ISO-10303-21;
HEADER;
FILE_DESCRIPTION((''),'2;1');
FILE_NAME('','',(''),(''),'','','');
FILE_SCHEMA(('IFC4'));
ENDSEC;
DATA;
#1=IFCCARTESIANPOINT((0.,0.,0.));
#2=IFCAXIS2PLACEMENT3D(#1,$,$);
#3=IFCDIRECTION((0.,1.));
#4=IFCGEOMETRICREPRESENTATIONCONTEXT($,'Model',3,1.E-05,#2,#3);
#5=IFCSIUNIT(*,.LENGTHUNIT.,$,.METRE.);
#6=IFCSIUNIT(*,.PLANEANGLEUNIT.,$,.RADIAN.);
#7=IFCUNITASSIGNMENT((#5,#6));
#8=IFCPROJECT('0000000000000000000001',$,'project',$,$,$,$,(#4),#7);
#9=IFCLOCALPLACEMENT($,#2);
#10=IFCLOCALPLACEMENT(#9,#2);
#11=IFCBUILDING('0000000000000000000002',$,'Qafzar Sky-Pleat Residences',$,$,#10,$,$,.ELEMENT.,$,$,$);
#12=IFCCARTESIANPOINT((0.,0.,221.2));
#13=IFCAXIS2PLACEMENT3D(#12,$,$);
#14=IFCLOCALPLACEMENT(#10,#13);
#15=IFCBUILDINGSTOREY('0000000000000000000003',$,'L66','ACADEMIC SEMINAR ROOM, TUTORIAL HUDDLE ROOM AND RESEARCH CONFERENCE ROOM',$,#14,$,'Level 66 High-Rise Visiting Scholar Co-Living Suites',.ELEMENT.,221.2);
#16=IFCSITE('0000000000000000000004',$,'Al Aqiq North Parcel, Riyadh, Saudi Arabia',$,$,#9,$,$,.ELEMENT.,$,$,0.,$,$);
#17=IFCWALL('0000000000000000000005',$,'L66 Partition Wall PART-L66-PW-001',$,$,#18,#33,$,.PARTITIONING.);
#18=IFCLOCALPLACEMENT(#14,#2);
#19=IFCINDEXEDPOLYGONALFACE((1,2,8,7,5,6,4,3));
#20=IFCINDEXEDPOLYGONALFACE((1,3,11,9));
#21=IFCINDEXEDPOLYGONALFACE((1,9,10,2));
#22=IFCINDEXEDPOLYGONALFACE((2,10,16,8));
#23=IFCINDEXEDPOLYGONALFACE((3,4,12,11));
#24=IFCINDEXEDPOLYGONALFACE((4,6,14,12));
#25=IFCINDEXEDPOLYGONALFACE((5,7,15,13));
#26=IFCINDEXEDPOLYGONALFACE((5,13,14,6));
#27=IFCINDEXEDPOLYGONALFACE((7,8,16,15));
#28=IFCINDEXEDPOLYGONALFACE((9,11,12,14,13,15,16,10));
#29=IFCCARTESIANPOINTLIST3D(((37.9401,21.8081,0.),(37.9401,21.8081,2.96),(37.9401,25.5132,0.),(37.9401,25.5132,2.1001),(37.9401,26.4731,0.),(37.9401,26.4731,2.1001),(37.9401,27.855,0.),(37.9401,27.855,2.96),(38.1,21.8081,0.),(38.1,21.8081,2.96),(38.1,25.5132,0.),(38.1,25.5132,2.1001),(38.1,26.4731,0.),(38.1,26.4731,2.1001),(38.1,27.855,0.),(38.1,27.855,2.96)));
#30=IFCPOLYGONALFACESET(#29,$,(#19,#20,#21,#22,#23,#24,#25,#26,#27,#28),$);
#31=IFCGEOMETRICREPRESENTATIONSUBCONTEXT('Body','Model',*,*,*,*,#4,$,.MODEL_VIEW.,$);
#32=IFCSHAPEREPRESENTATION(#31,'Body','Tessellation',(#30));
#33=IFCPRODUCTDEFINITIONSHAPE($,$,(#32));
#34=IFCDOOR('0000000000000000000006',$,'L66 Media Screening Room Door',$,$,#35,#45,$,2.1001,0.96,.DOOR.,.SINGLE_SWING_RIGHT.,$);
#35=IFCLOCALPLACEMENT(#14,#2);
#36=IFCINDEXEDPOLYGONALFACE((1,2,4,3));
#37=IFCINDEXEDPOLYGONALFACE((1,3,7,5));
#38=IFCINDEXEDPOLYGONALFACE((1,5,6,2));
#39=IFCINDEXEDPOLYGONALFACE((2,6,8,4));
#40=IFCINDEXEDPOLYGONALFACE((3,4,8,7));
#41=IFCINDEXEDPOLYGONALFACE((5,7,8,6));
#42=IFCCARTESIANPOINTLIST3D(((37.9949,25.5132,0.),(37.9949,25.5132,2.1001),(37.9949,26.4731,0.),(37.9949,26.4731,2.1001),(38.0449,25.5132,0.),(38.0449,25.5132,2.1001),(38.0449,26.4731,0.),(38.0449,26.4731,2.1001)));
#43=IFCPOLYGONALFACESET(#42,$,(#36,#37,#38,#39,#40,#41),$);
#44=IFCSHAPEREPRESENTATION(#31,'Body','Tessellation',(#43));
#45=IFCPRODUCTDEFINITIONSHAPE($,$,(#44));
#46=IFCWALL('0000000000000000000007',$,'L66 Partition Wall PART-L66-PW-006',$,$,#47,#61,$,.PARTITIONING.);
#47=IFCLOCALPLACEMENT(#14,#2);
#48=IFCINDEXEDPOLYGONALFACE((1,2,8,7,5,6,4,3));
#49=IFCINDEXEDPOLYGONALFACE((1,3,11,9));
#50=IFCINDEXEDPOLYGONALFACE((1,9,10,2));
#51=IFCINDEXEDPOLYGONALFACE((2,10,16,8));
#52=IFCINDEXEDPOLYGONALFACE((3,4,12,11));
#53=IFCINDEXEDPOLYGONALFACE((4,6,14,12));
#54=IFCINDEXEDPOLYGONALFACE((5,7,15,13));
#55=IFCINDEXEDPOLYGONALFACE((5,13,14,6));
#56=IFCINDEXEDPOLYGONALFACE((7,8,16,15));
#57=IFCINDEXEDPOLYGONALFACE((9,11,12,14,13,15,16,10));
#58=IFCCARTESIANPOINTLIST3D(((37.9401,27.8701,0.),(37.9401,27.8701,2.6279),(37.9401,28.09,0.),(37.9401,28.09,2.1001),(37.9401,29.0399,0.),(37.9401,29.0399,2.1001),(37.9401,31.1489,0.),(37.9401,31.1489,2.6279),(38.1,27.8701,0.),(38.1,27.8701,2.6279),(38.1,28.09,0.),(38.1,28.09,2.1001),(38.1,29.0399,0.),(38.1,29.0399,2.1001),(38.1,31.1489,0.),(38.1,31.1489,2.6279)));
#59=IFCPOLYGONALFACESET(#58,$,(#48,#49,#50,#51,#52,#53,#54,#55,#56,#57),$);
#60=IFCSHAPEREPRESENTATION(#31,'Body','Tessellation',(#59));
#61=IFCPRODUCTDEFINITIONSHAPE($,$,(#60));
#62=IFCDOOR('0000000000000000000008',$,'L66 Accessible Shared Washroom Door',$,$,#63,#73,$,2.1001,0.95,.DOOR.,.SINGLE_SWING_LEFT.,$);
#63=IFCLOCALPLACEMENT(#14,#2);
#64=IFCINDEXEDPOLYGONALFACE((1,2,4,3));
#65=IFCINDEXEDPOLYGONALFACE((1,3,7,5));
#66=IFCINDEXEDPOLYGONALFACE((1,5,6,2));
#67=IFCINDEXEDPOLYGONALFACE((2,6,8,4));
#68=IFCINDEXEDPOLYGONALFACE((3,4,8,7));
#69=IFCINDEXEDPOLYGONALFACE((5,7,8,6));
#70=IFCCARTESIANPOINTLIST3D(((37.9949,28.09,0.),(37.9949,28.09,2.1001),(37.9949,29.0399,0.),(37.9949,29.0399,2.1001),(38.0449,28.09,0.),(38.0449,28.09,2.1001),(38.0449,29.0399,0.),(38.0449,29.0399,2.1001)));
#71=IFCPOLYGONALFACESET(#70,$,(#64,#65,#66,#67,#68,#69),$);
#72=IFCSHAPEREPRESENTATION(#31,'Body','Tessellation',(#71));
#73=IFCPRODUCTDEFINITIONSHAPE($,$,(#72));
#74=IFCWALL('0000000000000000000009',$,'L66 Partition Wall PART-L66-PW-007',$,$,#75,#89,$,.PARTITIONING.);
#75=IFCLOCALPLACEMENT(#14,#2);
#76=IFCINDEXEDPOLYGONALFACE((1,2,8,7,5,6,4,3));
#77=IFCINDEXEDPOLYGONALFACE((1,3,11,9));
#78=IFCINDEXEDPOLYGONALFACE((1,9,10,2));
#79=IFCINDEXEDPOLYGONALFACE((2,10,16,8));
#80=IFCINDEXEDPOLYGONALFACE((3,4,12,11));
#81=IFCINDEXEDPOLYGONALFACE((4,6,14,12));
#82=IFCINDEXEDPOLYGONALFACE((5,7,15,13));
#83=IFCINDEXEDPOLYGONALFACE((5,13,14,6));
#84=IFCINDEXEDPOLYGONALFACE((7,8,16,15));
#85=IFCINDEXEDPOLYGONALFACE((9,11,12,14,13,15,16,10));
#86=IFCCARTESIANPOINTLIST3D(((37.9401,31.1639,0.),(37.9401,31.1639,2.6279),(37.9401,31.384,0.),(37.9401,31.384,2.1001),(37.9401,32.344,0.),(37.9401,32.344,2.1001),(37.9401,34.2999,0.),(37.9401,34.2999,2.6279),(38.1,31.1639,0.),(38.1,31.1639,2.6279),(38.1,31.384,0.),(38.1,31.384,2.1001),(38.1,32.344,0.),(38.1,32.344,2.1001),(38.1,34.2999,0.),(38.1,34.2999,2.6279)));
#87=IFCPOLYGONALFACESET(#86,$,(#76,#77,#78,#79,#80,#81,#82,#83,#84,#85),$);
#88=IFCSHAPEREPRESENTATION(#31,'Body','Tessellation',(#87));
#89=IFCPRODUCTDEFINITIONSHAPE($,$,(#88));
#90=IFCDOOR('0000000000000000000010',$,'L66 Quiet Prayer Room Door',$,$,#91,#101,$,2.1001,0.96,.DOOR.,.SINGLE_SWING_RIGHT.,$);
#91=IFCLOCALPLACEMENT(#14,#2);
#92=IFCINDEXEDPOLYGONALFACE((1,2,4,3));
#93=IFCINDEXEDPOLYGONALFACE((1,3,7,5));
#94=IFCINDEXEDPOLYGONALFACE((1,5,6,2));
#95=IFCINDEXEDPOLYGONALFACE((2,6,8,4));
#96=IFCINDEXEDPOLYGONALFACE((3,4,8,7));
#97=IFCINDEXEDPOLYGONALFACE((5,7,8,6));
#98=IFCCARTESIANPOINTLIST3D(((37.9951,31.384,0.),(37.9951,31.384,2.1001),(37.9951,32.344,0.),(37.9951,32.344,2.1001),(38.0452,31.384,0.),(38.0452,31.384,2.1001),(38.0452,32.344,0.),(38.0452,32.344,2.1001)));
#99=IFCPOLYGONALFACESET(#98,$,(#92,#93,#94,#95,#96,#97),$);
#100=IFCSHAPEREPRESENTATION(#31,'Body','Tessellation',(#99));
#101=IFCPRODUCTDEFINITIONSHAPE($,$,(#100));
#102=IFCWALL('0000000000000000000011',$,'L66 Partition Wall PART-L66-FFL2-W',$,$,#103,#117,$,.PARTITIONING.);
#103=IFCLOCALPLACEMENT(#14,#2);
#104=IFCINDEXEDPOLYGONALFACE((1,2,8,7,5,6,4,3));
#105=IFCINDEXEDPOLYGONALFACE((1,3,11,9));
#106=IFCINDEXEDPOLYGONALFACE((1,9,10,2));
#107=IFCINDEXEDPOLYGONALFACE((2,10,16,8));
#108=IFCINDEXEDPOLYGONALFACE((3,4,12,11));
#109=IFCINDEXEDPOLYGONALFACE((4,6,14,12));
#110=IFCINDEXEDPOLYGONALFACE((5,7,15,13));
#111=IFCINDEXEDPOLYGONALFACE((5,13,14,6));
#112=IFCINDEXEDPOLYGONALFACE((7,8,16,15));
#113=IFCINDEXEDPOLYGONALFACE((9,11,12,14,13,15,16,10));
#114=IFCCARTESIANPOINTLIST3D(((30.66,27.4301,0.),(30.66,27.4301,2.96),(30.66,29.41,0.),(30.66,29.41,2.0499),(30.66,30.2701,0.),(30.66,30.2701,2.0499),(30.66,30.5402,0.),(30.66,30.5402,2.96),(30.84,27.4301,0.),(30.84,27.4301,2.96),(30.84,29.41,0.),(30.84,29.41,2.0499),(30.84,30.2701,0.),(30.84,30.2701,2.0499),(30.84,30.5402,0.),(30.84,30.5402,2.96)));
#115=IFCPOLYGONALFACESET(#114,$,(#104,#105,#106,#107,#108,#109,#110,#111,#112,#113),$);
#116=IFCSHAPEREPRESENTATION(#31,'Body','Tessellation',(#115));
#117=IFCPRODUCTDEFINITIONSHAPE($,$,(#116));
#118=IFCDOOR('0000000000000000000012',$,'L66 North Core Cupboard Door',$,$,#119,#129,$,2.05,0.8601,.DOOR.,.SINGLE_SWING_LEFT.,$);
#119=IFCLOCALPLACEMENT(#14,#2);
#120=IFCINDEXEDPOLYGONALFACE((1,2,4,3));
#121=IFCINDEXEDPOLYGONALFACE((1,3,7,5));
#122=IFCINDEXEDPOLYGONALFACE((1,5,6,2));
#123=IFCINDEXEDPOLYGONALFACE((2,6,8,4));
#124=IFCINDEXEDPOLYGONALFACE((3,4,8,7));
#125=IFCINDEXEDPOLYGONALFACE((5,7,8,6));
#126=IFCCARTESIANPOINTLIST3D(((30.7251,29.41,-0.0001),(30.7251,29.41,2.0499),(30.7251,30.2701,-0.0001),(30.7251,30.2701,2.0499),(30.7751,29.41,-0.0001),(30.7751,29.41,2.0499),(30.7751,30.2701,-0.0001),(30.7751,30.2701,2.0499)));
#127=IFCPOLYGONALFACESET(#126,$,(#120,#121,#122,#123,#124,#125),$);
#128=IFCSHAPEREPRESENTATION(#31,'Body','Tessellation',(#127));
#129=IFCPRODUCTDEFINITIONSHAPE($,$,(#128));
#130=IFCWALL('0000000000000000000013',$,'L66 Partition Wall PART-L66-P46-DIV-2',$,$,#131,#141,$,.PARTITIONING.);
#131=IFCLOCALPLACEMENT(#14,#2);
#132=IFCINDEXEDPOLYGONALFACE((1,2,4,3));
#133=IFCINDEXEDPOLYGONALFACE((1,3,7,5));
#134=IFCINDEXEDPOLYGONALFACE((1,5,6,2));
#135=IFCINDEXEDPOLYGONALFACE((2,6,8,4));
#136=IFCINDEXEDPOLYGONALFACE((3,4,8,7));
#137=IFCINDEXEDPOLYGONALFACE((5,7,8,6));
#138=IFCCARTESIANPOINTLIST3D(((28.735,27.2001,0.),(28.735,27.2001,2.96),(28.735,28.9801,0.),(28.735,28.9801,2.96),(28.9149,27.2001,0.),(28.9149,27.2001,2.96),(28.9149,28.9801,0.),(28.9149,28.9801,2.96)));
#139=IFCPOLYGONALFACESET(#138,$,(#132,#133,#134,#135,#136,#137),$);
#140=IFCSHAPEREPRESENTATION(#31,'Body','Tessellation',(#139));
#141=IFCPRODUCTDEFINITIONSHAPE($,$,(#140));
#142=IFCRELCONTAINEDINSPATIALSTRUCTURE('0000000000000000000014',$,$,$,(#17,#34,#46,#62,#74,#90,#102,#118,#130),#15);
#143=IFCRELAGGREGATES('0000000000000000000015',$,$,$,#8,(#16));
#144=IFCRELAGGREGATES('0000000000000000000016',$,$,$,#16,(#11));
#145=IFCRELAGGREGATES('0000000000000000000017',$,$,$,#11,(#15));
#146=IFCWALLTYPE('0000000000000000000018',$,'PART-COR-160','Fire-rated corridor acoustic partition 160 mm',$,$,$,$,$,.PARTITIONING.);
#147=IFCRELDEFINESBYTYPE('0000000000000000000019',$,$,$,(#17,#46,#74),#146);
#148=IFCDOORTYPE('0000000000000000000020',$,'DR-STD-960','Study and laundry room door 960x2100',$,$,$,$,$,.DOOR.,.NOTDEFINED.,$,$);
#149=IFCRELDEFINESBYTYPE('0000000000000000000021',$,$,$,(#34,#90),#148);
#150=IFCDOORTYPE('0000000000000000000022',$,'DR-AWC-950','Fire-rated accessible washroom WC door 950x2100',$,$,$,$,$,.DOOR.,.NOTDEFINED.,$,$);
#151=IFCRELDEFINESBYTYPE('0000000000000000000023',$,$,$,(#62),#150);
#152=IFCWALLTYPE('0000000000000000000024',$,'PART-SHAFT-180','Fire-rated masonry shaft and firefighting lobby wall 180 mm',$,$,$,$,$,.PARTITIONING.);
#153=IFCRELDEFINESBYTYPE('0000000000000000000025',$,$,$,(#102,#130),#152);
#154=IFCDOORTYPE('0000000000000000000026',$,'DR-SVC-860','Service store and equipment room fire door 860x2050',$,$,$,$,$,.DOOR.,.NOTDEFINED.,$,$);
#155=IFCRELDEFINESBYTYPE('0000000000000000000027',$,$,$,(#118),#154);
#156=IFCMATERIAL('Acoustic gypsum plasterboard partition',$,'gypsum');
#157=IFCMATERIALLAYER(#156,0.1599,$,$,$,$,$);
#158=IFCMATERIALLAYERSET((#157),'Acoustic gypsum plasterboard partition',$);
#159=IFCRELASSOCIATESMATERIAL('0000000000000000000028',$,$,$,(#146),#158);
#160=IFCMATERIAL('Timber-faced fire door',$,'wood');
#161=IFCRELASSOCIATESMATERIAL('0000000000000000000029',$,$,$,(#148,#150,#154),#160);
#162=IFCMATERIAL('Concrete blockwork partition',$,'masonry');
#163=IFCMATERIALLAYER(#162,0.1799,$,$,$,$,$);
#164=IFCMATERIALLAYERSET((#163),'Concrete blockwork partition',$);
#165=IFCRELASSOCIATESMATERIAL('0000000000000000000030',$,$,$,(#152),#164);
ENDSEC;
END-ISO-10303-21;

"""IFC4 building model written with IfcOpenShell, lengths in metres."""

from ifc_helpers import new_model, si_unit, direction, frame, frame_2d, origin, place, context, subcontext, project, spatial, rectangle, extrude, source, transform, mapped, material, layer, layer_set, type_object, element, fill, save


model = new_model("IFC4")

# Units and contexts
model_context = context("Model", 3, precision=1e-05, world=origin(), true_north=direction((0.0, 1.0)))
body_context = subcontext(model_context, "Body", "Model", "MODEL_VIEW")
ifc_project = project(units=[si_unit("LENGTHUNIT", "METRE"), si_unit("PLANEANGLEUNIT", "RADIAN")], contexts=[model_context])

# Site, building, storey
site_placement = place(None, origin())
site = spatial("IfcSite", under=ifc_project, at=site_placement, Name="Al Aqiq North Parcel, Riyadh, Saudi Arabia", CompositionType="ELEMENT", RefElevation=0.0)
building_placement = place(site_placement, origin())
building = spatial("IfcBuilding", under=site, at=building_placement, Name="Qafzar Sky-Pleat Residences", CompositionType="ELEMENT")
storey_placement = place(building_placement, frame((0.0, 0.0, 221.2)))
storey = spatial("IfcBuildingStorey", under=building, at=storey_placement, Name="L66", Description="ACADEMIC SEMINAR ROOM, TUTORIAL HUDDLE ROOM AND RESEARCH CONFERENCE ROOM", LongName="Level 66 High-Rise Visiting Scholar Co-Living Suites", CompositionType="ELEMENT", Elevation=221.2)

# Walls, openings, doors
ifc_material_1 = material(Name="Acoustic gypsum plasterboard partition", Category="gypsum")
ifc_layer_1 = layer(ifc_material_1, 0.1599)
ifc_layer_set_1 = layer_set([ifc_layer_1], Name="Acoustic gypsum plasterboard partition")
wall_type_1 = type_object("IfcWallType", Name="PART-COR-160", Description="Fire-rated corridor acoustic partition 160 mm", PredefinedType="PARTITIONING", material=ifc_layer_set_1)
wall_1_placement = place(storey_placement, frame((38.02, 27.855, 0.0), z_axis=(0.0, 0.0, 1.0), x_axis=(0.0, -1.0, 0.0)))
wall_1 = element("IfcWall", 1, at=wall_1_placement, inside=storey, type_object=wall_type_1, Name="L66 Partition Wall PART-L66-PW-001", PredefinedType="PARTITIONING", context=body_context, shape_type="SweptSolid", body=[
    extrude(rectangle(XDim=6.0469, YDim=0.1599, at=frame_2d((3.0234, 0.0))), origin(), (0.0, 0.0, 1.0), 2.96),
])
opening_1_placement = place(wall_1_placement, frame((1.3818, 0.0, 0.0)))
opening_1 = element("IfcOpeningElement", 2, at=opening_1_placement, cuts=wall_1, PredefinedType="OPENING", context=body_context, shape_type="SweptSolid", body=[
    extrude(rectangle(XDim=0.96, YDim=2.1001, at=frame_2d((0.48, 1.05))), frame((0.0, 0.0898, 0.0), z_axis=(0.0, -1.0, 0.0), x_axis=(1.0, 0.0, 0.0)), (0.0, 0.0, 1.0), 0.1799),
])
ifc_material_2 = material(Name="Timber-faced fire door", Category="wood")
door_type_1 = type_object("IfcDoorType", Name="DR-STD-960", Description="Study and laundry room door 960x2100", OperationType="NOTDEFINED", PredefinedType="DOOR", material=ifc_material_2)
shared_shape_1 = source(origin(), body_context, "Body", "SweptSolid", [
    extrude(rectangle(XDim=0.96, YDim=2.1001, at=frame_2d((0.48, 1.05))), frame((0.0, 0.0249, 0.0), z_axis=(0.0, -1.0, 0.0), x_axis=(1.0, 0.0, 0.0)), (0.0, 0.0, 1.0), 0.05),
])
door_1_placement = place(opening_1_placement, origin())
door_1 = element("IfcDoor", 3, at=door_1_placement, inside=storey, type_object=door_type_1, Name="L66 Media Screening Room Door", OperationType="SINGLE_SWING_RIGHT", OverallHeight=2.1001, OverallWidth=0.96, PredefinedType="DOOR", context=body_context, shape_type="MappedRepresentation", body=[
    mapped(shared_shape_1, transform((0.0, 0.0, 0.0), x_axis=(1.0, 0.0, 0.0), y_axis=(0.0, 1.0, 0.0), z_axis=(0.0, 0.0, 1.0), scale=1.0)),
])
fill(opening_1, door_1)
wall_2_placement = place(storey_placement, frame((38.02, 31.1489, 0.0), z_axis=(0.0, 0.0, 1.0), x_axis=(0.0, -1.0, 0.0)))
wall_2 = element("IfcWall", 4, at=wall_2_placement, inside=storey, type_object=wall_type_1, Name="L66 Partition Wall PART-L66-PW-006", PredefinedType="PARTITIONING", context=body_context, shape_type="SweptSolid", body=[
    extrude(rectangle(XDim=3.2788, YDim=0.1599, at=frame_2d((1.6394, 0.0))), origin(), (0.0, 0.0, 1.0), 2.6279),
])
opening_2_placement = place(wall_2_placement, frame((2.1089, 0.0, 0.0)))
opening_2 = element("IfcOpeningElement", 5, at=opening_2_placement, cuts=wall_2, PredefinedType="OPENING", context=body_context, shape_type="SweptSolid", body=[
    extrude(rectangle(XDim=0.95, YDim=2.1001, at=frame_2d((0.4751, 1.05))), frame((0.0, 0.0898, 0.0), z_axis=(0.0, -1.0, 0.0), x_axis=(1.0, 0.0, 0.0)), (0.0, 0.0, 1.0), 0.1799),
])
door_type_2 = type_object("IfcDoorType", Name="DR-AWC-950", Description="Fire-rated accessible washroom WC door 950x2100", OperationType="NOTDEFINED", PredefinedType="DOOR", material=ifc_material_2)
shared_shape_2 = source(origin(), body_context, "Body", "SweptSolid", [
    extrude(rectangle(XDim=0.95, YDim=2.1001, at=frame_2d((0.4751, 1.05))), frame((0.0, 0.0249, 0.0), z_axis=(0.0, -1.0, 0.0), x_axis=(1.0, 0.0, 0.0)), (0.0, 0.0, 1.0), 0.05),
])
door_2_placement = place(opening_2_placement, origin())
door_2 = element("IfcDoor", 6, at=door_2_placement, inside=storey, type_object=door_type_2, Name="L66 Accessible Shared Washroom Door", OperationType="SINGLE_SWING_LEFT", OverallHeight=2.1001, OverallWidth=0.95, PredefinedType="DOOR", context=body_context, shape_type="MappedRepresentation", body=[
    mapped(shared_shape_2, transform((0.0, 0.0, 0.0), x_axis=(1.0, 0.0, 0.0), y_axis=(0.0, 1.0, 0.0), z_axis=(0.0, 0.0, 1.0), scale=1.0)),
])
fill(opening_2, door_2)
wall_3_placement = place(storey_placement, frame((38.02, 31.1641, 0.0), z_axis=(0.0, 0.0, 1.0), x_axis=(0.0, 1.0, 0.0)))
wall_3 = element("IfcWall", 7, at=wall_3_placement, inside=storey, type_object=wall_type_1, Name="L66 Partition Wall PART-L66-PW-007", PredefinedType="PARTITIONING", context=body_context, shape_type="SweptSolid", body=[
    extrude(rectangle(XDim=3.136, YDim=0.1599, at=frame_2d((1.5679, 0.0))), origin(), (0.0, 0.0, 1.0), 2.6279),
])
opening_3_placement = place(wall_3_placement, frame((0.22, 0.0, 0.0)))
opening_3 = element("IfcOpeningElement", 8, at=opening_3_placement, cuts=wall_3, PredefinedType="OPENING", context=body_context, shape_type="SweptSolid", body=[
    extrude(rectangle(XDim=0.96, YDim=2.1001, at=frame_2d((0.48, 1.05))), frame((0.0, 0.0898, 0.0), z_axis=(0.0, -1.0, 0.0), x_axis=(1.0, 0.0, 0.0)), (0.0, 0.0, 1.0), 0.1799),
])
door_3_placement = place(opening_3_placement, origin())
door_3 = element("IfcDoor", 9, at=door_3_placement, inside=storey, type_object=door_type_1, Name="L66 Quiet Prayer Room Door", OperationType="SINGLE_SWING_RIGHT", OverallHeight=2.1001, OverallWidth=0.96, PredefinedType="DOOR", context=body_context, shape_type="MappedRepresentation", body=[
    mapped(shared_shape_1, transform((0.0, 0.0, 0.0), x_axis=(1.0, 0.0, 0.0), y_axis=(0.0, 1.0, 0.0), z_axis=(0.0, 0.0, 1.0), scale=1.0)),
])
fill(opening_3, door_3)
ifc_material_3 = material(Name="Concrete blockwork partition", Category="masonry")
ifc_layer_2 = layer(ifc_material_3, 0.1799)
ifc_layer_set_2 = layer_set([ifc_layer_2], Name="Concrete blockwork partition")
wall_type_2 = type_object("IfcWallType", Name="PART-SHAFT-180", Description="Fire-rated masonry shaft and firefighting lobby wall 180 mm", PredefinedType="PARTITIONING", material=ifc_layer_set_2)
wall_4_placement = place(storey_placement, frame((30.75, 27.4299, 0.0), z_axis=(0.0, 0.0, 1.0), x_axis=(0.0, 1.0, 0.0)))
wall_4 = element("IfcWall", 10, at=wall_4_placement, inside=storey, type_object=wall_type_2, Name="L66 Partition Wall PART-L66-FFL2-W", PredefinedType="PARTITIONING", context=body_context, shape_type="SweptSolid", body=[
    extrude(rectangle(XDim=3.1101, YDim=0.1799, at=frame_2d((1.5552, 0.0))), origin(), (0.0, 0.0, 1.0), 2.96),
])
opening_4_placement = place(wall_4_placement, frame((1.98, 0.0, 0.0)))
opening_4 = element("IfcOpeningElement", 11, at=opening_4_placement, cuts=wall_4, PredefinedType="OPENING", context=body_context, shape_type="SweptSolid", body=[
    extrude(rectangle(XDim=0.8601, YDim=2.05, at=frame_2d((0.4302, 1.0249))), frame((0.0, 0.1001, 0.0), z_axis=(0.0, -1.0, 0.0), x_axis=(1.0, 0.0, 0.0)), (0.0, 0.0, 1.0), 0.2),
])
door_type_3 = type_object("IfcDoorType", Name="DR-SVC-860", Description="Service store and equipment room fire door 860x2050", OperationType="NOTDEFINED", PredefinedType="DOOR", material=ifc_material_2)
shared_shape_3 = source(origin(), body_context, "Body", "SweptSolid", [
    extrude(rectangle(XDim=0.8601, YDim=2.05, at=frame_2d((0.4302, 1.0249))), frame((0.0, 0.0249, 0.0), z_axis=(0.0, -1.0, 0.0), x_axis=(1.0, 0.0, 0.0)), (0.0, 0.0, 1.0), 0.05),
])
door_4_placement = place(opening_4_placement, origin())
door_4 = element("IfcDoor", 12, at=door_4_placement, inside=storey, type_object=door_type_3, Name="L66 North Core Cupboard Door", OperationType="SINGLE_SWING_LEFT", OverallHeight=2.05, OverallWidth=0.8601, PredefinedType="DOOR", context=body_context, shape_type="MappedRepresentation", body=[
    mapped(shared_shape_3, transform((0.0, 0.0, 0.0), x_axis=(1.0, 0.0, 0.0), y_axis=(0.0, 1.0, 0.0), z_axis=(0.0, 0.0, 1.0), scale=1.0)),
])
fill(opening_4, door_4)

# Wall
wall_5_placement = place(storey_placement, frame((28.825, 27.2, 0.0), z_axis=(0.0, 0.0, 1.0), x_axis=(0.0, 1.0, 0.0)))
element("IfcWall", 13, at=wall_5_placement, inside=storey, type_object=wall_type_2, Name="L66 Partition Wall PART-L66-P46-DIV-2", PredefinedType="PARTITIONING", context=body_context, shape_type="SweptSolid", body=[
    extrude(rectangle(XDim=1.78, YDim=0.1799, at=frame_2d((0.8901, 0.0))), origin(), (0.0, 0.0, 1.0), 2.96),
])

save(model, "model.ifc")
